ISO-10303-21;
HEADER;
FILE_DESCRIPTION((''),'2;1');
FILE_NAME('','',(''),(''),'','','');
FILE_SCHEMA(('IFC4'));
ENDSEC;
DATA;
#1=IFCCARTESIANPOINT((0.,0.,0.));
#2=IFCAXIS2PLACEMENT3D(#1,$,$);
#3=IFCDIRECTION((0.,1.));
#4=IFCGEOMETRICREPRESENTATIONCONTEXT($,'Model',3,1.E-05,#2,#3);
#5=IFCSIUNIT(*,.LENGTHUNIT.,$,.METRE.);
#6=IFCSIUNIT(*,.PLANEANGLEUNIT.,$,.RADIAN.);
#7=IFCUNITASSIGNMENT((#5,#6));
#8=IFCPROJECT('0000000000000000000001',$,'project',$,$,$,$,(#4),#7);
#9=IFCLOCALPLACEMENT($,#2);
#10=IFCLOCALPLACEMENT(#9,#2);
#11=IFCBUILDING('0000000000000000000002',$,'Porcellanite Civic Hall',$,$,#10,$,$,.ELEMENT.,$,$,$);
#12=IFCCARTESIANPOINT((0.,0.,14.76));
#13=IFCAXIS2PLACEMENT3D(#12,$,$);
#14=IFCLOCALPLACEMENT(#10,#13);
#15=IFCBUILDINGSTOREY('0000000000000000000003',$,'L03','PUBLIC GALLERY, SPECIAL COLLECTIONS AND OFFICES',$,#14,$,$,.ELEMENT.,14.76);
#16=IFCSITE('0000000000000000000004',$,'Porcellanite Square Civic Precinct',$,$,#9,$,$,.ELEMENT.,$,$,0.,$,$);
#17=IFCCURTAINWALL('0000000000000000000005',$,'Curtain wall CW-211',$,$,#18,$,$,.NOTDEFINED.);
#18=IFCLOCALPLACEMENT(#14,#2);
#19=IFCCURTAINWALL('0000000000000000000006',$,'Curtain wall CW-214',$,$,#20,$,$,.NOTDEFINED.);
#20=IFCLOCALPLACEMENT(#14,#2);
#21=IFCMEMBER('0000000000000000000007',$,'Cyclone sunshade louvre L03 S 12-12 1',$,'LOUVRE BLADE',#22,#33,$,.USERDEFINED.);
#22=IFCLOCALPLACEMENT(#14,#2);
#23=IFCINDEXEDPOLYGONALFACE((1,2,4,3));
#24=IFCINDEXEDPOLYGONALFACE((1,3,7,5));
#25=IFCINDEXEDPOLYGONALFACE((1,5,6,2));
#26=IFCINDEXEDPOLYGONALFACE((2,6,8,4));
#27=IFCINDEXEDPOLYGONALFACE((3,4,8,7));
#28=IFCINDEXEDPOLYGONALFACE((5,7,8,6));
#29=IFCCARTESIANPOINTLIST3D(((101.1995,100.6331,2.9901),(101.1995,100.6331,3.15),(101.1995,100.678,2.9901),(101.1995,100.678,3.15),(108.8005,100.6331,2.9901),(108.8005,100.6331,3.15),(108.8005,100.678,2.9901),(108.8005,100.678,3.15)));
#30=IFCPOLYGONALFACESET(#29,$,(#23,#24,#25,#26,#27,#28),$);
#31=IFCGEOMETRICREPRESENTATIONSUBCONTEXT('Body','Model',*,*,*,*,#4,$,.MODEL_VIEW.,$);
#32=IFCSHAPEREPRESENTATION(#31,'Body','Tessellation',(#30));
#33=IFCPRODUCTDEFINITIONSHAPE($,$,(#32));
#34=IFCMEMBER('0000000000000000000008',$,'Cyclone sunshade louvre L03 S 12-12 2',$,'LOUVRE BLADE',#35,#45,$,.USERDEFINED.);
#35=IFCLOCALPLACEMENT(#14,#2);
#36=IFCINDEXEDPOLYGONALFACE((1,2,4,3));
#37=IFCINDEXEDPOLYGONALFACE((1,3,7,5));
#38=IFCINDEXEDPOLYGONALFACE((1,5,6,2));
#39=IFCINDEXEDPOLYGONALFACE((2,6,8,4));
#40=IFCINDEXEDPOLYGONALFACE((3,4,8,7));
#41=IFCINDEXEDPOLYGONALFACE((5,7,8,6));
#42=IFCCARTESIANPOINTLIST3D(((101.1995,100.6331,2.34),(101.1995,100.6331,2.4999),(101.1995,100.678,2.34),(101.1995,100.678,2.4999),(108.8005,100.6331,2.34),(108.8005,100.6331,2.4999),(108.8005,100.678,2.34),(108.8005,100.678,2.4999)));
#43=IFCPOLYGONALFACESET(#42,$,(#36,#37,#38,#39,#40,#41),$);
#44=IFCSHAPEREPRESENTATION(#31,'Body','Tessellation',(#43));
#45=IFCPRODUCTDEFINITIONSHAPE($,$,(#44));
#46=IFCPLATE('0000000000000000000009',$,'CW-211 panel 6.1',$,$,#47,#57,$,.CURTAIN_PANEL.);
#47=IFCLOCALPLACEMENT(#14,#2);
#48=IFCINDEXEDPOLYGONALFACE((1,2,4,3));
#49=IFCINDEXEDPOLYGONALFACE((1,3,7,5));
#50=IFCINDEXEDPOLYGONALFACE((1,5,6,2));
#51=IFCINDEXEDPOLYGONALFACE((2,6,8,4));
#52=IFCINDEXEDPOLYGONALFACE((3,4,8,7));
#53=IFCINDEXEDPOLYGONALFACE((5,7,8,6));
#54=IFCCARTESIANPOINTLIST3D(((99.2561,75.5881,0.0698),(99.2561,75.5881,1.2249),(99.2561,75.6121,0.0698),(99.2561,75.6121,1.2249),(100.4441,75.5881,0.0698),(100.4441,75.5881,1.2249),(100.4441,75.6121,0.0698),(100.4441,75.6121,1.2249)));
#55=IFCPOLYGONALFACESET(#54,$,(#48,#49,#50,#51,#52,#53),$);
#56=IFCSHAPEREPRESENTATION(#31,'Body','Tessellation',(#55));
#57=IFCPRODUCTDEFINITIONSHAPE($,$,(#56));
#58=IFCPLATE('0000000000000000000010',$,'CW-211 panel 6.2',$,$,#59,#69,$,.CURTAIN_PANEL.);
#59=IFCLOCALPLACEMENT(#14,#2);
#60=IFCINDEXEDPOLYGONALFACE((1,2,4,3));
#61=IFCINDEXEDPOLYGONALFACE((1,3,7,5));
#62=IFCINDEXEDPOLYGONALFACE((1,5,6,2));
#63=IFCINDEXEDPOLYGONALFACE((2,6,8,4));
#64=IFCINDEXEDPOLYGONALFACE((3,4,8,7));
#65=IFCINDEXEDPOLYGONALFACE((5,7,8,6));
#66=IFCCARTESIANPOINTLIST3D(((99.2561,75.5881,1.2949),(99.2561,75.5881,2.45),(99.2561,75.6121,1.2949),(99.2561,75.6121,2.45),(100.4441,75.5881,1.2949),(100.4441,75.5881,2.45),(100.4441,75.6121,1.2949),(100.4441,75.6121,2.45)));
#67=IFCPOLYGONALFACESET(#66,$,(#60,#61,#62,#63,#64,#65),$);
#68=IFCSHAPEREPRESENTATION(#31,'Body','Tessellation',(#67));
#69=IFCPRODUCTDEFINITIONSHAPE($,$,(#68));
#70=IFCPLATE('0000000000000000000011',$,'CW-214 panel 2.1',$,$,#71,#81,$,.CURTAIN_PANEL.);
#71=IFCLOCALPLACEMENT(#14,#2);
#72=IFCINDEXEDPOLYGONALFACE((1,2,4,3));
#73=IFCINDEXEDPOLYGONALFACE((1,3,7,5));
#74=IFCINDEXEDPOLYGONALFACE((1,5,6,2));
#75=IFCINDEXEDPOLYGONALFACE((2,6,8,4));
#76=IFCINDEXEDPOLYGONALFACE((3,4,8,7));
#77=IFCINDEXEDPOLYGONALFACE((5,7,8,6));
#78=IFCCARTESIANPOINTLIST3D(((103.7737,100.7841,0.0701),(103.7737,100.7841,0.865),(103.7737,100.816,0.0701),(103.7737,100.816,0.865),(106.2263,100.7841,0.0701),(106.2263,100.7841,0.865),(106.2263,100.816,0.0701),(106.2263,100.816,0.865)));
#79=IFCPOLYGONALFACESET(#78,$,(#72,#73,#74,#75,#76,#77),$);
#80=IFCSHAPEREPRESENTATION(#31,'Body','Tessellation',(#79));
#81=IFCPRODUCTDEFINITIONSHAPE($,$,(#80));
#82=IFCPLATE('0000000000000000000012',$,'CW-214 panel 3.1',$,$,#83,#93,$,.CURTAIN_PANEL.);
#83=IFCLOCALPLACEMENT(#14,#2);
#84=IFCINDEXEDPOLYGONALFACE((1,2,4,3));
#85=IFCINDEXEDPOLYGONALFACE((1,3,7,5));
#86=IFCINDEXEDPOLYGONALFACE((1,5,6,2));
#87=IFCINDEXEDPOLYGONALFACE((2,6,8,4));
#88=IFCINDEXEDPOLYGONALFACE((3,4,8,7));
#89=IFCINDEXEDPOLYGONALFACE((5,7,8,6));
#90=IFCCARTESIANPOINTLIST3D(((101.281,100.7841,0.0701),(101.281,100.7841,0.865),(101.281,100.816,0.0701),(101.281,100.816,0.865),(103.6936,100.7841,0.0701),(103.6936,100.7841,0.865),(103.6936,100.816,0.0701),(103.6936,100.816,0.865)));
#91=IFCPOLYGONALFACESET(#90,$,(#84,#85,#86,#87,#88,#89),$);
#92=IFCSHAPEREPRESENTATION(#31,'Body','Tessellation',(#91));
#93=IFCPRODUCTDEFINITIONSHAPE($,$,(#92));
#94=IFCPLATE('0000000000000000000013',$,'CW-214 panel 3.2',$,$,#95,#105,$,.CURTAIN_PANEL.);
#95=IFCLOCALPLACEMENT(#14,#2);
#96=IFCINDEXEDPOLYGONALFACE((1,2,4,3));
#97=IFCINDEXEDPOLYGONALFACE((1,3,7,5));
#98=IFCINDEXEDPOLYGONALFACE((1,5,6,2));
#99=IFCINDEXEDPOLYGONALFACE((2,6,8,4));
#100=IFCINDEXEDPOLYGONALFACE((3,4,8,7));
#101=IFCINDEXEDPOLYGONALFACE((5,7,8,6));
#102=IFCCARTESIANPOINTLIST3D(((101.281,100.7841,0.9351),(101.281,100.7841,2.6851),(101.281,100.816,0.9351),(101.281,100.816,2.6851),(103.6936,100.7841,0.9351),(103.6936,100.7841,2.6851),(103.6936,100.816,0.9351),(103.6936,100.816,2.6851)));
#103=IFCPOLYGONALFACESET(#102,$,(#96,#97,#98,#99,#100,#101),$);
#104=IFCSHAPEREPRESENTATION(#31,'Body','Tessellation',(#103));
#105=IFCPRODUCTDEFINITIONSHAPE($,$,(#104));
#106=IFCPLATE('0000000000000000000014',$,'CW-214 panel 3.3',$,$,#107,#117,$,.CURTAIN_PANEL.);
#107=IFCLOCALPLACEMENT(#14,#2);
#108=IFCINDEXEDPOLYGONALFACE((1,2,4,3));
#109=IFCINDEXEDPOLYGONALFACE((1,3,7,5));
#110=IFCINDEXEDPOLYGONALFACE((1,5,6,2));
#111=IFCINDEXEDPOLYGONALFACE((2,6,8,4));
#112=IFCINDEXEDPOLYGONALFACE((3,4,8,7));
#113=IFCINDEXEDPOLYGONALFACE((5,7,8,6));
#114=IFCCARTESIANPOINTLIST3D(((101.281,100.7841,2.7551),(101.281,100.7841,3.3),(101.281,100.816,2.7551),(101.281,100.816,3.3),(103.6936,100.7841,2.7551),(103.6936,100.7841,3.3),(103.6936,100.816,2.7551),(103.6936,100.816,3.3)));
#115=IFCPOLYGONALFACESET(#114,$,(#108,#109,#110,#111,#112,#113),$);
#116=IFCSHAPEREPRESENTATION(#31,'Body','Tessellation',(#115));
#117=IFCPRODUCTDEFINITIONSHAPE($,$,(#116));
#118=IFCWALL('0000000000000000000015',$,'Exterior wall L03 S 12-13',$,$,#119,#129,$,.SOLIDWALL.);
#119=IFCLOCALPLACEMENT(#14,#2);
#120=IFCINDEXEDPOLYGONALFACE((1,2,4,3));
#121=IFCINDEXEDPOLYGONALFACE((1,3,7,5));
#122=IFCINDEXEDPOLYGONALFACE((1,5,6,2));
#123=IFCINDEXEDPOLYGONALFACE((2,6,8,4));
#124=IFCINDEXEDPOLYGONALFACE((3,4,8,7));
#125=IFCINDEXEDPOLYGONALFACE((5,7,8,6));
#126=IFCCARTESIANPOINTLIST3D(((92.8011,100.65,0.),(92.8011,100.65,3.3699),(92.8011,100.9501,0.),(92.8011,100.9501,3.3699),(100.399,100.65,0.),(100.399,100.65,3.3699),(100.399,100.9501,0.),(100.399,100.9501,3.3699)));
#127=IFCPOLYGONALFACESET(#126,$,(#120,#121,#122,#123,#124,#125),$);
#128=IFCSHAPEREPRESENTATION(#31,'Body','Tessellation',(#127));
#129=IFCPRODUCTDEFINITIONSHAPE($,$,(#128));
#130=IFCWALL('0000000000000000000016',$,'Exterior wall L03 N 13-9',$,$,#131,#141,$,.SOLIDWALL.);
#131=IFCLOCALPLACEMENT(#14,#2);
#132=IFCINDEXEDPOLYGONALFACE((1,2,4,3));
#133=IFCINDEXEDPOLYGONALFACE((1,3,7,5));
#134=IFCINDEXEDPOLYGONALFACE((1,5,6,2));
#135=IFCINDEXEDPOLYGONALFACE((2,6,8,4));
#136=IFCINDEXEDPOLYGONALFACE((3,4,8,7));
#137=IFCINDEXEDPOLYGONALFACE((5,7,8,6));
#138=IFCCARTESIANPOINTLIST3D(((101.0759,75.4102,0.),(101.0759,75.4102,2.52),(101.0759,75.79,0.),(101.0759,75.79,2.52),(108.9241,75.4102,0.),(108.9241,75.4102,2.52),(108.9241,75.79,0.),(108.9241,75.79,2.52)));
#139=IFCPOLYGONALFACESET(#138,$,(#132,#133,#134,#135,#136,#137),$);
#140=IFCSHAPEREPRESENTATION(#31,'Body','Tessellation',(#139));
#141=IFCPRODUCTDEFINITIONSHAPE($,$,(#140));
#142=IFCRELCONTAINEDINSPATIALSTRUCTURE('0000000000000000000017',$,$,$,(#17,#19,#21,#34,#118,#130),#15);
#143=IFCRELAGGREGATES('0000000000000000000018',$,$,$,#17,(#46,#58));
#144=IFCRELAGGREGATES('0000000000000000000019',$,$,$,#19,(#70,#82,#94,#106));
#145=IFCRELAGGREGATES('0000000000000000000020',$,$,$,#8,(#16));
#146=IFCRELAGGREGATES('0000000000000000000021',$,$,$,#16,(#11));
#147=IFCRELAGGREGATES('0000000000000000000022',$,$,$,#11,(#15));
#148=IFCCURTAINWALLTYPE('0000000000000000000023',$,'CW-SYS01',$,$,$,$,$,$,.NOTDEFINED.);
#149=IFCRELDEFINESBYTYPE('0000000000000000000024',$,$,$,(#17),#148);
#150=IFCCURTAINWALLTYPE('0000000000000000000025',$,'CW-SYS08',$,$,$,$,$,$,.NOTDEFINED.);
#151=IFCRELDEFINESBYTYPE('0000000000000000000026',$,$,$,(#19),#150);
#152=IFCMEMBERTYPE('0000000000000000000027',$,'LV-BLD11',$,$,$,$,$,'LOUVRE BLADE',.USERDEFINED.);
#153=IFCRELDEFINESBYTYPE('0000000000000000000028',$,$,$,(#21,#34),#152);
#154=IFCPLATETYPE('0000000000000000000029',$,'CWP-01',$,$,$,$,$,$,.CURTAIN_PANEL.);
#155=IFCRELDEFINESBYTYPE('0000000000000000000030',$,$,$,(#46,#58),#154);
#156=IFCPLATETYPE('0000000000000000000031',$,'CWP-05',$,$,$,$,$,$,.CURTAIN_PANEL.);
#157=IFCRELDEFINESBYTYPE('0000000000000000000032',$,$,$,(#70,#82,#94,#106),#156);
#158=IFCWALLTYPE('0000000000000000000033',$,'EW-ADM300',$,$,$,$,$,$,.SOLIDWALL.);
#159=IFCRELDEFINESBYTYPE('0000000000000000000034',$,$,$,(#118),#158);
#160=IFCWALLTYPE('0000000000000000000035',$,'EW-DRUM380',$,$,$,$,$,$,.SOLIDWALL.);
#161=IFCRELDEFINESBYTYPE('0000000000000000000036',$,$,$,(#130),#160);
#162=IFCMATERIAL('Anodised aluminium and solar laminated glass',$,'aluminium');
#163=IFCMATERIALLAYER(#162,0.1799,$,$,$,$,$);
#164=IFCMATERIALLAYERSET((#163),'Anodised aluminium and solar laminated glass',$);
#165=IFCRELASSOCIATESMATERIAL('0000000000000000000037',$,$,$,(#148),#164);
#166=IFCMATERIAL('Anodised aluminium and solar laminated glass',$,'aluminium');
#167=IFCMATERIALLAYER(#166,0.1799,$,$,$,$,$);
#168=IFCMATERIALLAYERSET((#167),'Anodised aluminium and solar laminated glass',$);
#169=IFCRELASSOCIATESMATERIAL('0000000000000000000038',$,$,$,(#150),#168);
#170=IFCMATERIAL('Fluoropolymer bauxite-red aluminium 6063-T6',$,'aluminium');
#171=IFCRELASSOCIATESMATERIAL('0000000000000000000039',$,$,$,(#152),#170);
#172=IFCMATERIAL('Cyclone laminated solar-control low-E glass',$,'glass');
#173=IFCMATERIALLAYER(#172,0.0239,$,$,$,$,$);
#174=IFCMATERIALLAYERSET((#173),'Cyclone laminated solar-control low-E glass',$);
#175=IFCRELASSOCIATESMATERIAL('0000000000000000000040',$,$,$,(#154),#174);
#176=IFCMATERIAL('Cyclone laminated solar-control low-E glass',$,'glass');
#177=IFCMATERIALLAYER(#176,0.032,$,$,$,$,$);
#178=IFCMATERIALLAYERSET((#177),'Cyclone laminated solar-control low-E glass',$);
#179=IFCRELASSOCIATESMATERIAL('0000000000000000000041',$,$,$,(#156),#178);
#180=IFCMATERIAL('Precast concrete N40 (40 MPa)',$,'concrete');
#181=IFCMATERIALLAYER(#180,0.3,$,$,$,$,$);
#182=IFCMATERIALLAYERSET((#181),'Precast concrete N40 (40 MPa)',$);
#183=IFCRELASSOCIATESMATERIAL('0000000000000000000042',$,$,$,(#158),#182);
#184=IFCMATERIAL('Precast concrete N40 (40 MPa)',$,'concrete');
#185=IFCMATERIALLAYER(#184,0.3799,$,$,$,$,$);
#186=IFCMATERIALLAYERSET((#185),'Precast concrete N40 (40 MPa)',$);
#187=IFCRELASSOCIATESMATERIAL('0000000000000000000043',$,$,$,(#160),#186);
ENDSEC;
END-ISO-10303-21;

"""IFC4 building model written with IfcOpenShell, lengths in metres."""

from ifc_helpers import new_model, si_unit, direction, frame, frame_2d, origin, origin_2d, place, context, subcontext, project, spatial, rectangle, extrude, material, layer, layer_set, material_profile, profile_set, type_object, element, aggregate, save


model = new_model("IFC4")

# Units and contexts
model_context = context("Model", 3, precision=1e-05, world=origin(), true_north=direction((0.0, 1.0)))
body_context = subcontext(model_context, "Body", "Model", "MODEL_VIEW")
ifc_project = project(units=[si_unit("LENGTHUNIT", "METRE"), si_unit("PLANEANGLEUNIT", "RADIAN")], contexts=[model_context])

# Site, building, storey
site_placement = place(None, origin())
site = spatial("IfcSite", under=ifc_project, at=site_placement, Name="Porcellanite Square Civic Precinct", CompositionType="ELEMENT", RefElevation=0.0)
building_placement = place(site_placement, origin())
building = spatial("IfcBuilding", under=site, at=building_placement, Name="Porcellanite Civic Hall", CompositionType="ELEMENT")
storey_placement = place(building_placement, frame((0.0, 0.0, 14.76)))
storey = spatial("IfcBuildingStorey", under=building, at=storey_placement, Name="L03", Description="PUBLIC GALLERY, SPECIAL COLLECTIONS AND OFFICES", CompositionType="ELEMENT", Elevation=14.76)

# Curtain wall
ifc_material_1 = material(Name="Anodised aluminium and solar laminated glass", Category="aluminium")
ifc_layer_1 = layer(ifc_material_1, 0.1799)
ifc_layer_set_1 = layer_set([ifc_layer_1], Name="Anodised aluminium and solar laminated glass")
curtain_wall_type_1 = type_object("IfcCurtainWallType", Name="CW-SYS01", PredefinedType="NOTDEFINED", material=ifc_layer_set_1)
curtain_wall_1_placement = place(storey_placement, origin())
curtain_wall_1 = element("IfcCurtainWall", 1, at=curtain_wall_1_placement, inside=storey, type_object=curtain_wall_type_1, Name="Curtain wall CW-211", PredefinedType="NOTDEFINED")

# Curtain wall
ifc_material_2 = material(Name="Anodised aluminium and solar laminated glass", Category="aluminium")
ifc_layer_2 = layer(ifc_material_2, 0.1799)
ifc_layer_set_2 = layer_set([ifc_layer_2], Name="Anodised aluminium and solar laminated glass")
curtain_wall_type_2 = type_object("IfcCurtainWallType", Name="CW-SYS08", PredefinedType="NOTDEFINED", material=ifc_layer_set_2)
curtain_wall_2_placement = place(storey_placement, origin())
curtain_wall_2 = element("IfcCurtainWall", 2, at=curtain_wall_2_placement, inside=storey, type_object=curtain_wall_type_2, Name="Curtain wall CW-214", PredefinedType="NOTDEFINED")

# Members
ifc_material_3 = material(Name="Fluoropolymer bauxite-red aluminium 6063-T6", Category="aluminium")
ifc_material_profile_1 = material_profile(ifc_material_3, rectangle(XDim=0.0449, YDim=0.1599, at=origin_2d()), Name="AL-45x160")
ifc_profile_set_1 = profile_set([ifc_material_profile_1], Name="Fluoropolymer bauxite-red aluminium 6063-T6")
member_type_1 = type_object("IfcMemberType", Name="LV-BLD11", ElementType="LOUVRE BLADE", PredefinedType="USERDEFINED", material=ifc_profile_set_1)
for number, where, z_axis, x_axis, name in (
    (3, (108.8005, 100.6555, 3.0701), (-1.0, 0.0, 0.0), (0.0, -1.0, 0.0), "Cyclone sunshade louvre L03 S 12-12 1"),
    (4, (108.8005, 100.6555, 2.4199), (-1.0, 0.0, 0.0), (0.0, -1.0, 0.0), "Cyclone sunshade louvre L03 S 12-12 2"),
):
    element("IfcMember", number, at=place(storey_placement, frame(where, z_axis=z_axis, x_axis=x_axis)), inside=storey, type_object=member_type_1, Name=name, ObjectType="LOUVRE BLADE", PredefinedType="USERDEFINED", context=body_context, shape_type="SweptSolid", body=[
        extrude(rectangle(XDim=0.0449, YDim=0.1599, at=origin_2d()), origin(), (0.0, 0.0, 1.0), 7.6011),
    ])

# Plates
ifc_material_4 = material(Name="Cyclone laminated solar-control low-E glass", Category="glass")
ifc_layer_3 = layer(ifc_material_4, 0.0239)
ifc_layer_set_3 = layer_set([ifc_layer_3], Name="Cyclone laminated solar-control low-E glass")
plate_type_1 = type_object("IfcPlateType", Name="CWP-01", PredefinedType="CURTAIN_PANEL", material=ifc_layer_set_3)
plate_1_placement = place(storey_placement, frame((99.8501, 75.6001, 0.0698), z_axis=(0.0, 0.0, 1.0), x_axis=(1.0, 0.0, 0.0)))
plate_1 = element("IfcPlate", 5, at=plate_1_placement, type_object=plate_type_1, Name="CW-211 panel 6.1", PredefinedType="CURTAIN_PANEL", context=body_context, shape_type="SweptSolid", body=[
    extrude(rectangle(XDim=1.188, YDim=0.0239, at=origin_2d()), origin(), (0.0, 0.0, 1.0), 1.155),
])
plate_2_placement = place(storey_placement, frame((99.8501, 75.6001, 1.2949), z_axis=(0.0, 0.0, 1.0), x_axis=(1.0, 0.0, 0.0)))
plate_2 = element("IfcPlate", 6, at=plate_2_placement, type_object=plate_type_1, Name="CW-211 panel 6.2", PredefinedType="CURTAIN_PANEL", context=body_context, shape_type="SweptSolid", body=[
    extrude(rectangle(XDim=1.188, YDim=0.0239, at=origin_2d()), origin(), (0.0, 0.0, 1.0), 1.155),
])
aggregate(curtain_wall_1, [plate_1, plate_2])
ifc_material_5 = material(Name="Cyclone laminated solar-control low-E glass", Category="glass")
ifc_layer_4 = layer(ifc_material_5, 0.032)
ifc_layer_set_4 = layer_set([ifc_layer_4], Name="Cyclone laminated solar-control low-E glass")
plate_type_2 = type_object("IfcPlateType", Name="CWP-05", PredefinedType="CURTAIN_PANEL", material=ifc_layer_set_4)
plate_3_placement = place(storey_placement, frame((105.0, 100.8, 0.0701), z_axis=(0.0, 0.0, 1.0), x_axis=(-1.0, 0.0, 0.0)))
plate_3 = element("IfcPlate", 7, at=plate_3_placement, type_object=plate_type_2, Name="CW-214 panel 2.1", PredefinedType="CURTAIN_PANEL", context=body_context, shape_type="SweptSolid", body=[
    extrude(rectangle(XDim=2.4526, YDim=0.032, at=origin_2d()), origin(), (0.0, 0.0, 1.0), 0.7949),
])
plate_4_placement = place(storey_placement, frame((102.4873, 100.8, 0.0701), z_axis=(0.0, 0.0, 1.0), x_axis=(-1.0, 0.0, 0.0)))
plate_4 = element("IfcPlate", 8, at=plate_4_placement, type_object=plate_type_2, Name="CW-214 panel 3.1", PredefinedType="CURTAIN_PANEL", context=body_context, shape_type="SweptSolid", body=[
    extrude(rectangle(XDim=2.4126, YDim=0.032, at=origin_2d()), origin(), (0.0, 0.0, 1.0), 0.7949),
])
plate_5_placement = place(storey_placement, frame((102.4873, 100.8, 0.9351), z_axis=(0.0, 0.0, 1.0), x_axis=(-1.0, 0.0, 0.0)))
plate_5 = element("IfcPlate", 9, at=plate_5_placement, type_object=plate_type_2, Name="CW-214 panel 3.2", PredefinedType="CURTAIN_PANEL", context=body_context, shape_type="SweptSolid", body=[
    extrude(rectangle(XDim=2.4126, YDim=0.032, at=origin_2d()), origin(), (0.0, 0.0, 1.0), 1.75),
])
plate_6_placement = place(storey_placement, frame((102.4873, 100.8, 2.7551), z_axis=(0.0, 0.0, 1.0), x_axis=(-1.0, 0.0, 0.0)))
plate_6 = element("IfcPlate", 10, at=plate_6_placement, type_object=plate_type_2, Name="CW-214 panel 3.3", PredefinedType="CURTAIN_PANEL", context=body_context, shape_type="SweptSolid", body=[
    extrude(rectangle(XDim=2.4126, YDim=0.032, at=origin_2d()), origin(), (0.0, 0.0, 1.0), 0.5449),
])
aggregate(curtain_wall_2, [plate_3, plate_4, plate_5, plate_6])

# Walls
ifc_material_6 = material(Name="Precast concrete N40 (40 MPa)", Category="concrete")
ifc_layer_5 = layer(ifc_material_6, 0.3)
ifc_layer_set_5 = layer_set([ifc_layer_5], Name="Precast concrete N40 (40 MPa)")
wall_type_1 = type_object("IfcWallType", Name="EW-ADM300", PredefinedType="SOLIDWALL", material=ifc_layer_set_5)
wall_1_placement = place(storey_placement, frame((100.3989, 100.8, 0.0), z_axis=(0.0, 0.0, 1.0), x_axis=(-1.0, 0.0, 0.0)))
element("IfcWall", 11, at=wall_1_placement, inside=storey, type_object=wall_type_1, Name="Exterior wall L03 S 12-13", PredefinedType="SOLIDWALL", context=body_context, shape_type="SweptSolid", body=[
    extrude(rectangle(XDim=7.5979, YDim=0.3, at=frame_2d((3.7988, 0.0))), origin(), (0.0, 0.0, 1.0), 3.3699),
])
ifc_material_7 = material(Name="Precast concrete N40 (40 MPa)", Category="concrete")
ifc_layer_6 = layer(ifc_material_7, 0.3799)
ifc_layer_set_6 = layer_set([ifc_layer_6], Name="Precast concrete N40 (40 MPa)")
wall_type_2 = type_object("IfcWallType", Name="EW-DRUM380", PredefinedType="SOLIDWALL", material=ifc_layer_set_6)
wall_2_placement = place(storey_placement, frame((101.0759, 75.6001, 0.0), z_axis=(0.0, 0.0, 1.0), x_axis=(1.0, 0.0, 0.0)))
element("IfcWall", 12, at=wall_2_placement, inside=storey, type_object=wall_type_2, Name="Exterior wall L03 N 13-9", PredefinedType="SOLIDWALL", context=body_context, shape_type="SweptSolid", body=[
    extrude(rectangle(XDim=7.8481, YDim=0.3799, at=frame_2d((3.9241, 0.0))), origin(), (0.0, 0.0, 1.0), 2.52),
])

save(model, "model.ifc")
